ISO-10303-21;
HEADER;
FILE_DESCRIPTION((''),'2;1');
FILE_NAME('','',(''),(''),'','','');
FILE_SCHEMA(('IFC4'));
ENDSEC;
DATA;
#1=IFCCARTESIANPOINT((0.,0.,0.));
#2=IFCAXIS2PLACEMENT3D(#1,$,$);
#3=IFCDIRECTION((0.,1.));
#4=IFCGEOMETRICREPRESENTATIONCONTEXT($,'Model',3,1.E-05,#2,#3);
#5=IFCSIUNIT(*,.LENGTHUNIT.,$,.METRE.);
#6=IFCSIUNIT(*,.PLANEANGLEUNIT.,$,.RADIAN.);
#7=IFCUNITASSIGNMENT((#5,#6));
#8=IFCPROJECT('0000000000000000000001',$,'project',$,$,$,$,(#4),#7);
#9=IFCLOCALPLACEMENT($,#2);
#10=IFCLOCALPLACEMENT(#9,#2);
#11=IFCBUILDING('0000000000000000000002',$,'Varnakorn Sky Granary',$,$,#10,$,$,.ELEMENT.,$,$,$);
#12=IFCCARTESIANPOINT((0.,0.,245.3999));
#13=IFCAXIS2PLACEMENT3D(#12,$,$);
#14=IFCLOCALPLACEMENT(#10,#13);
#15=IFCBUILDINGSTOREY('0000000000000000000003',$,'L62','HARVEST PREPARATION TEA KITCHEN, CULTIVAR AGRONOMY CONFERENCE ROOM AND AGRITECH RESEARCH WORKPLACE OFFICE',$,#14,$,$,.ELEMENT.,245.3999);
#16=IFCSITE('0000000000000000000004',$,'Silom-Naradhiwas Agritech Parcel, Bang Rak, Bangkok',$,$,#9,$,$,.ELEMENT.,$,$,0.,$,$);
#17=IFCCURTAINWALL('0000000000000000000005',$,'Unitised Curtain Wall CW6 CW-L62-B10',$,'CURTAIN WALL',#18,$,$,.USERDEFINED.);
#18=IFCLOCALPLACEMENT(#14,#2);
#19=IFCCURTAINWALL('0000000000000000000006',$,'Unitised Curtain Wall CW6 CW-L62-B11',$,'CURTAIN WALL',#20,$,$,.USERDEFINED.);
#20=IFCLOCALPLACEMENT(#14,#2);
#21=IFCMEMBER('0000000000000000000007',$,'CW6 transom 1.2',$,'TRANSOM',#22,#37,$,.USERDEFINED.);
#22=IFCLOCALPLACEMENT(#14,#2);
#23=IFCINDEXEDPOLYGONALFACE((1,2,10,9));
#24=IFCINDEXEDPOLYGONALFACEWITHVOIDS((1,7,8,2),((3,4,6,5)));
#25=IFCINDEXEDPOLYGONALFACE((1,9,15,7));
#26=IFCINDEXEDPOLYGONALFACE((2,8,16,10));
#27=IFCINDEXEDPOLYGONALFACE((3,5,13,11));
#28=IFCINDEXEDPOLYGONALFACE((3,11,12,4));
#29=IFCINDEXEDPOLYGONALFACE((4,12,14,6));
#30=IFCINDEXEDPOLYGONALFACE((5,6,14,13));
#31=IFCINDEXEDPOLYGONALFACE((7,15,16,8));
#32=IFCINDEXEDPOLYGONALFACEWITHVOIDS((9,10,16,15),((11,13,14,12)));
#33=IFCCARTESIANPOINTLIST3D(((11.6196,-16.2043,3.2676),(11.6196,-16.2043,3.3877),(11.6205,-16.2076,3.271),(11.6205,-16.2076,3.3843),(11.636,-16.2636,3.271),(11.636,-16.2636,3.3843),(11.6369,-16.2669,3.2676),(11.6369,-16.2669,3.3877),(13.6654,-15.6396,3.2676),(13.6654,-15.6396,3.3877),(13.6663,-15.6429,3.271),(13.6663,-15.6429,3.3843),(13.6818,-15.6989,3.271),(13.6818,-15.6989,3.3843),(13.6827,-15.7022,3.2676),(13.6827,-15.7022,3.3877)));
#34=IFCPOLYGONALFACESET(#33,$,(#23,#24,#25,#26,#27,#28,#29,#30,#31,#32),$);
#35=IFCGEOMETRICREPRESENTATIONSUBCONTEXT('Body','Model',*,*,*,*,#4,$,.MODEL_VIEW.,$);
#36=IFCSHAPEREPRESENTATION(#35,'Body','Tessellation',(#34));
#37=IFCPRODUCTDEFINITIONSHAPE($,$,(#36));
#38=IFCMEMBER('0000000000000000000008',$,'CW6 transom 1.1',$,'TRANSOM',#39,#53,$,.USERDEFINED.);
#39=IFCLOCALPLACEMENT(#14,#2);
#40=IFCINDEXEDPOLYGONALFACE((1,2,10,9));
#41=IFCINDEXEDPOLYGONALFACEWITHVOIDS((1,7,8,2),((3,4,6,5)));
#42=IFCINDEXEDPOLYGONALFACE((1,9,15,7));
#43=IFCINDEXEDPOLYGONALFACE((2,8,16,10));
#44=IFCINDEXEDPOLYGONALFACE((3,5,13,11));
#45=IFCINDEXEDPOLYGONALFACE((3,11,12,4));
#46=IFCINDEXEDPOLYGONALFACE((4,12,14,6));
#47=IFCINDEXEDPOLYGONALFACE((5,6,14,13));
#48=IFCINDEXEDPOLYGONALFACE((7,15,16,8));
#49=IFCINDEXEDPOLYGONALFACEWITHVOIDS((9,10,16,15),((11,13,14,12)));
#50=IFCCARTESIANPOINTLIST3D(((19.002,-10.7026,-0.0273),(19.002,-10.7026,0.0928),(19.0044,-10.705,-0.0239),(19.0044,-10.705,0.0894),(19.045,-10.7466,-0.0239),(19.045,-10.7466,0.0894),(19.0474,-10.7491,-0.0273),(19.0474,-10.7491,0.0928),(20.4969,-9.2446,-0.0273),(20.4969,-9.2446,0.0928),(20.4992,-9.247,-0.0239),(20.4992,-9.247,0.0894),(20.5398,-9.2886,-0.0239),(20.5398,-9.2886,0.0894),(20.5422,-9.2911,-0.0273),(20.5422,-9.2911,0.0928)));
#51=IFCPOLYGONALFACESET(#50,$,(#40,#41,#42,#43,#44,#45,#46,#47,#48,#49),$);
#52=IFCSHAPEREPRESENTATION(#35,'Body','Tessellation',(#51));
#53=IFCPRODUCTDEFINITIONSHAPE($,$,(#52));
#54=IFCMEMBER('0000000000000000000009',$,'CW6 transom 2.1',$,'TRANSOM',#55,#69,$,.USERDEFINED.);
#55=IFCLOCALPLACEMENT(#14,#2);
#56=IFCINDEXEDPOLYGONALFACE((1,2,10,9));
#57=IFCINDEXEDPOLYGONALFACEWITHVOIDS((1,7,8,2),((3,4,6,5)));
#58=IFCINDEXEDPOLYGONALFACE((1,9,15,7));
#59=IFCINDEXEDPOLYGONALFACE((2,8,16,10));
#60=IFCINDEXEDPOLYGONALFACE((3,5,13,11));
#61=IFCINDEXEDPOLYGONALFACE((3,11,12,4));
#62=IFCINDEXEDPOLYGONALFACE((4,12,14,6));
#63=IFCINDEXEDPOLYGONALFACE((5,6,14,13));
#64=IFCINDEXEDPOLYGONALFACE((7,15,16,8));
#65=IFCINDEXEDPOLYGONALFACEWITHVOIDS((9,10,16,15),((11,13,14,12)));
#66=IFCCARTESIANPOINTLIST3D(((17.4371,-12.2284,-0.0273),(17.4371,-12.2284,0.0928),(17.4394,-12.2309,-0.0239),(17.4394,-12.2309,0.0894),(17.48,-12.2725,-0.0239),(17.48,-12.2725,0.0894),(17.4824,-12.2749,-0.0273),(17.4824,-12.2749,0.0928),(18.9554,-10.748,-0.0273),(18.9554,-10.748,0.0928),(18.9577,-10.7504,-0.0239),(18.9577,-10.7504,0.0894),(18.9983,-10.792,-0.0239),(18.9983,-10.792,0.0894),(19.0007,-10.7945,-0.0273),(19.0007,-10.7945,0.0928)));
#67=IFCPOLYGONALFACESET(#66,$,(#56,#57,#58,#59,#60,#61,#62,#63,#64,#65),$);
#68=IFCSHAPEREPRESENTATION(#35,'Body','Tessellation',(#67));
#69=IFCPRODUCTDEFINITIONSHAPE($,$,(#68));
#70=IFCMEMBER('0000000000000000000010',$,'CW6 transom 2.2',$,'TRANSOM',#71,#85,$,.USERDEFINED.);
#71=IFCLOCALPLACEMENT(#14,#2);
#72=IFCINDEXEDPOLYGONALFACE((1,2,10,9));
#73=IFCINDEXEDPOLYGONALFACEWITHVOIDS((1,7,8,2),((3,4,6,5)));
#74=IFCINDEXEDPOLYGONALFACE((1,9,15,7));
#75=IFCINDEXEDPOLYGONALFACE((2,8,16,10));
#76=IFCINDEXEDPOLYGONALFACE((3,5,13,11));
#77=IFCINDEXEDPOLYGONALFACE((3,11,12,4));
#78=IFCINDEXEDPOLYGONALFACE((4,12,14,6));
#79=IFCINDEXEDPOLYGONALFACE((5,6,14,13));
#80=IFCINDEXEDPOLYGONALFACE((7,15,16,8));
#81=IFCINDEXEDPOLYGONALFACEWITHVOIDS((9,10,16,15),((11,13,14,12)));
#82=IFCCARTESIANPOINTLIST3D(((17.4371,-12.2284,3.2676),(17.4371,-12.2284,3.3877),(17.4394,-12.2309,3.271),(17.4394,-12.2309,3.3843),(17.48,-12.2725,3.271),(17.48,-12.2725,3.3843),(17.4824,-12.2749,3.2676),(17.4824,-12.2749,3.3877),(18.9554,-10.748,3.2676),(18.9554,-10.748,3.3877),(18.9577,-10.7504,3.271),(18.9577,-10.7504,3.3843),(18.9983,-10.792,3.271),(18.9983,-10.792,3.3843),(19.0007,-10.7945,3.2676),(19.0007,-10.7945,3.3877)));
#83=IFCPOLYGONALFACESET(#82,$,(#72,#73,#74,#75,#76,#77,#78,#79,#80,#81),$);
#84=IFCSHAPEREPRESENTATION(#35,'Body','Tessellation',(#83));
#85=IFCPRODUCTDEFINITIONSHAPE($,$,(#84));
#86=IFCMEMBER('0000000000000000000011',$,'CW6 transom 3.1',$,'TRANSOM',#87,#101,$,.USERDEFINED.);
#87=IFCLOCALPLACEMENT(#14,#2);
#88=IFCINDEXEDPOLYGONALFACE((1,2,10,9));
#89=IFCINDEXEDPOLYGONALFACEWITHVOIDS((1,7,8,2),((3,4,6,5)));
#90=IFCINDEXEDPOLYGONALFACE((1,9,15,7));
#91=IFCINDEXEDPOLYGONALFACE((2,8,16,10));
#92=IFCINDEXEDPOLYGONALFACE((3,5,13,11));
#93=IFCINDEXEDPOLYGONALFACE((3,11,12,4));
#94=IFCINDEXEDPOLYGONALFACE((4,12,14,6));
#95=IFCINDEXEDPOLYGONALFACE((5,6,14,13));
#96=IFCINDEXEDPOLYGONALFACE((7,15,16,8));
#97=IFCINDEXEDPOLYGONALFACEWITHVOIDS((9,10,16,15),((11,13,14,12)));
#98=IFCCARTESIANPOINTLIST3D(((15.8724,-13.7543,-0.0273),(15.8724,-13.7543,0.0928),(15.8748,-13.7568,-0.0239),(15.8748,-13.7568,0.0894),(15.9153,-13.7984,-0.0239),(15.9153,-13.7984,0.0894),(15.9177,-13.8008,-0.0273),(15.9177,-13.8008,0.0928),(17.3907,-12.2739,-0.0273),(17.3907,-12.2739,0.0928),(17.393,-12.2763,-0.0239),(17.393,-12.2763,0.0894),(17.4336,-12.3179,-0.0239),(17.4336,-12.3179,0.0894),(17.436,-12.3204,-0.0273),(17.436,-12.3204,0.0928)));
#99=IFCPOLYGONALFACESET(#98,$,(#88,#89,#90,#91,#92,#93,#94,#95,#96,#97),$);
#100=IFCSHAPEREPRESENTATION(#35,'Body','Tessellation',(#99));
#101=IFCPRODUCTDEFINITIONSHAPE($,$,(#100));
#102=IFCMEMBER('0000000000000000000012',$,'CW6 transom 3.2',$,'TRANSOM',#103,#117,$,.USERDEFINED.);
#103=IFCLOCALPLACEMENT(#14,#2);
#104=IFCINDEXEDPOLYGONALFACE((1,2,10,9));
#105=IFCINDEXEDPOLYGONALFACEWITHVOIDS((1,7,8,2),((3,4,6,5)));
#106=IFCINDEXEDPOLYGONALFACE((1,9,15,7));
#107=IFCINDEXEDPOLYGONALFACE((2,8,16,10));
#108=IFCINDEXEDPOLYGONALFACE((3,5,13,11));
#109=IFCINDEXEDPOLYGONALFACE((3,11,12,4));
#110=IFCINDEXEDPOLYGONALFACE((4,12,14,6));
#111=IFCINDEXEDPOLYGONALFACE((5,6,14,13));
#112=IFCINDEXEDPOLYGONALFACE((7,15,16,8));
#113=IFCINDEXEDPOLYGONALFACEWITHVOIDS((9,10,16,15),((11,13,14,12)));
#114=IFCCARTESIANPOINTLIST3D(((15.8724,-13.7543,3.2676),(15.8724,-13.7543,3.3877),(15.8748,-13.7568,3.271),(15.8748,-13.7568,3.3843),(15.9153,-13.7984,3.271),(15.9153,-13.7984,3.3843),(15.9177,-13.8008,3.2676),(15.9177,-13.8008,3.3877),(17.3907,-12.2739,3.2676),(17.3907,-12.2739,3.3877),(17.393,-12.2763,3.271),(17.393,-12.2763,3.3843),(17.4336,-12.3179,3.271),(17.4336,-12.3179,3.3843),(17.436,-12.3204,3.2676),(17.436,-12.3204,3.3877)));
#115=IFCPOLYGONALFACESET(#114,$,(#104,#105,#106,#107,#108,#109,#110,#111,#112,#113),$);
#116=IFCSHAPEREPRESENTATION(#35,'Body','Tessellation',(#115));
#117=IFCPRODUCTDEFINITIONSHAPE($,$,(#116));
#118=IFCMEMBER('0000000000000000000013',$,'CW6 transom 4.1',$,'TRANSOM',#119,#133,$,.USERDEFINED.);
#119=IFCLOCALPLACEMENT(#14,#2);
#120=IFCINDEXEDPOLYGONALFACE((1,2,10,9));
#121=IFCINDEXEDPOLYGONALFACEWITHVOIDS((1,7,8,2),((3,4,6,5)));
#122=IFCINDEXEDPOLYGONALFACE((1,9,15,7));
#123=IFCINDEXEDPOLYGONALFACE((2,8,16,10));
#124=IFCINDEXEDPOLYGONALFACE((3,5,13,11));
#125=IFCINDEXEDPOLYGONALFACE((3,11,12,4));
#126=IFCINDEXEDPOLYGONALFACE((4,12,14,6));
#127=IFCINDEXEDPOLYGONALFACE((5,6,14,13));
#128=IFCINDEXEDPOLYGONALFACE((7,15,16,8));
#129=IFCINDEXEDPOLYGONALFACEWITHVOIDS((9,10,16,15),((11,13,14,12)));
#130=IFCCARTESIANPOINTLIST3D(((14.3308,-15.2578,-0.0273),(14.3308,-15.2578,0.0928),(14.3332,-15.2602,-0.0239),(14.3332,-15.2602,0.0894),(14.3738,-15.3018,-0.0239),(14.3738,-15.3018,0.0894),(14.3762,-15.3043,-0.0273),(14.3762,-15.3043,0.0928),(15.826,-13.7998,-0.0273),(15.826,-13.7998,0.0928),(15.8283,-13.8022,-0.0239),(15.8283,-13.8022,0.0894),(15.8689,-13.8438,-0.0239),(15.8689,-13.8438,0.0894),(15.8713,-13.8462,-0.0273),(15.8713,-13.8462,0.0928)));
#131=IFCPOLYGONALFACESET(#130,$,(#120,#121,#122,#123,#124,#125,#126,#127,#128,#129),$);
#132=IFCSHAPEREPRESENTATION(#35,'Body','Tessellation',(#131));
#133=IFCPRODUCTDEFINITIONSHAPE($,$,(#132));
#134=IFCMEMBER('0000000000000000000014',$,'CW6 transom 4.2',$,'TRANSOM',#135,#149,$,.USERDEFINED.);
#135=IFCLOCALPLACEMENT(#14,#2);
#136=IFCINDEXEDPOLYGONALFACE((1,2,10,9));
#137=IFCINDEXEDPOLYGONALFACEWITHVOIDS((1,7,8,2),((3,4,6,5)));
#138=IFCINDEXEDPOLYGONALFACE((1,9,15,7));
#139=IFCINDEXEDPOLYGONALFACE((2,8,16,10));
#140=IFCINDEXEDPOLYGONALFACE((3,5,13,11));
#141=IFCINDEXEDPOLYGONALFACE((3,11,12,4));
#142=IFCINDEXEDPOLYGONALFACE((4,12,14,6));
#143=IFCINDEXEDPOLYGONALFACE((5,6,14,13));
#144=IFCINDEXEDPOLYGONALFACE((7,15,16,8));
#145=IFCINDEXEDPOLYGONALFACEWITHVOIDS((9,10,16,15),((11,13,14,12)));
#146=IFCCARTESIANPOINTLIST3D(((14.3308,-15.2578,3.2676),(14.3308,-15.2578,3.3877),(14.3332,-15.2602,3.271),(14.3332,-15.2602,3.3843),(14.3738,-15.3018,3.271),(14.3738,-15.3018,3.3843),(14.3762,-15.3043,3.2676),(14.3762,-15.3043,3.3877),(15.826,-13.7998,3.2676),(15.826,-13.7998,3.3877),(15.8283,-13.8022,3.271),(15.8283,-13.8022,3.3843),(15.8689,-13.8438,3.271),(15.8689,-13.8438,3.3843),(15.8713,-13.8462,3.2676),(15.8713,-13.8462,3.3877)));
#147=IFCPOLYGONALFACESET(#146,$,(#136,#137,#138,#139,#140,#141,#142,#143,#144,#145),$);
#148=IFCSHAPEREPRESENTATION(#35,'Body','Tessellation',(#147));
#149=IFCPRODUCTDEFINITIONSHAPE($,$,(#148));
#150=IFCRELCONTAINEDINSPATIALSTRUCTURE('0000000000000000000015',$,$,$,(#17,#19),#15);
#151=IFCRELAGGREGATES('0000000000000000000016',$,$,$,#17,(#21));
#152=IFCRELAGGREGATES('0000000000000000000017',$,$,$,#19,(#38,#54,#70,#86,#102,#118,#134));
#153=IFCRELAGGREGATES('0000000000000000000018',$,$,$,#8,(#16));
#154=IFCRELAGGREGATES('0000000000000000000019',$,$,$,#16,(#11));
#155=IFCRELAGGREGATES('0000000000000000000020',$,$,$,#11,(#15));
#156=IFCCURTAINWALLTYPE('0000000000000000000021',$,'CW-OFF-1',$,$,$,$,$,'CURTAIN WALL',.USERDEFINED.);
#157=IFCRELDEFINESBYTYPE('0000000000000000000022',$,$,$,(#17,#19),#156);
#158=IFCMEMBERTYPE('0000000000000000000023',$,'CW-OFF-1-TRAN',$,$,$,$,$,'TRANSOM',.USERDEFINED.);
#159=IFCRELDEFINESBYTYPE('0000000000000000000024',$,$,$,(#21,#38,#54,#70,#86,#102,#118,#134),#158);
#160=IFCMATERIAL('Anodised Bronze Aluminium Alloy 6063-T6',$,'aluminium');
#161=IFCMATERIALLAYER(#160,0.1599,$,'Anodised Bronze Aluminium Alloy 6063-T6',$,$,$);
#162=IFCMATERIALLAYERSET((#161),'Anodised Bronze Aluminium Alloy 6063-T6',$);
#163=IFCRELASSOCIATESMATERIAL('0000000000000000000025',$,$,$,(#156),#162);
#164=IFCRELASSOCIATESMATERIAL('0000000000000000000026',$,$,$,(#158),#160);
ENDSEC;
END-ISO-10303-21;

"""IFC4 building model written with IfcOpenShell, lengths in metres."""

from ifc_helpers import new_model, si_unit, direction, frame, origin, origin_2d, place, context, subcontext, project, spatial, hollow_rectangle, extrude, material, layer, layer_set, material_profile, profile_set, type_object, element, aggregate, save


model = new_model("IFC4")

# Units and contexts
model_context = context("Model", 3, precision=1e-05, world=origin(), true_north=direction((0.0, 1.0)))
body_context = subcontext(model_context, "Body", "Model", "MODEL_VIEW")
ifc_project = project(units=[si_unit("LENGTHUNIT", "METRE"), si_unit("PLANEANGLEUNIT", "RADIAN")], contexts=[model_context])

# Site, building, storey
site_placement = place(None, origin())
site = spatial("IfcSite", under=ifc_project, at=site_placement, Name="Silom-Naradhiwas Agritech Parcel, Bang Rak, Bangkok", CompositionType="ELEMENT", RefElevation=0.0)
building_placement = place(site_placement, origin())
building = spatial("IfcBuilding", under=site, at=building_placement, Name="Varnakorn Sky Granary", CompositionType="ELEMENT")
storey_placement = place(building_placement, frame((0.0, 0.0, 245.3999)))
storey = spatial("IfcBuildingStorey", under=building, at=storey_placement, Name="L62", Description="HARVEST PREPARATION TEA KITCHEN, CULTIVAR AGRONOMY CONFERENCE ROOM AND AGRITECH RESEARCH WORKPLACE OFFICE", CompositionType="ELEMENT", Elevation=245.3999)

# Curtain wall
ifc_material_1 = material(Name="Anodised Bronze Aluminium Alloy 6063-T6", Category="aluminium")
ifc_layer_1 = layer(ifc_material_1, 0.1599, Name="Anodised Bronze Aluminium Alloy 6063-T6")
ifc_layer_set_1 = layer_set([ifc_layer_1], Name="Anodised Bronze Aluminium Alloy 6063-T6")
curtain_wall_type = type_object("IfcCurtainWallType", Name="CW-OFF-1", ElementType="CURTAIN WALL", PredefinedType="USERDEFINED", material=ifc_layer_set_1)
curtain_wall_1_placement = place(storey_placement, origin())
curtain_wall_1 = element("IfcCurtainWall", 1, at=curtain_wall_1_placement, inside=storey, type_object=curtain_wall_type, Name="Unitised Curtain Wall CW6 CW-L62-B10", ObjectType="CURTAIN WALL", PredefinedType="USERDEFINED")

# Curtain wall
curtain_wall_2_placement = place(storey_placement, origin())
curtain_wall_2 = element("IfcCurtainWall", 2, at=curtain_wall_2_placement, inside=storey, type_object=curtain_wall_type, Name="Unitised Curtain Wall CW6 CW-L62-B11", ObjectType="CURTAIN WALL", PredefinedType="USERDEFINED")

# Members
ifc_material_profile_1 = material_profile(ifc_material_1, hollow_rectangle(XDim=0.0649, YDim=0.1201, WallThickness=0.0034, at=origin_2d()), Name="ALU TRAN 65x120")
ifc_profile_set_1 = profile_set([ifc_material_profile_1], Name="Anodised Bronze Aluminium Alloy 6063-T6")
member_type_1 = type_object("IfcMemberType", Name="CW-OFF-1-TRAN", ElementType="TRANSOM", PredefinedType="USERDEFINED", material=ifc_profile_set_1)
member_1_placement = place(storey_placement, frame((13.6741, -15.6709, 3.3276), z_axis=(-0.963955, -0.266065, 0.0), x_axis=(0.266065, -0.963955, 0.0)))
member_1 = element("IfcMember", 3, at=member_1_placement, type_object=member_type_1, Name="CW6 transom 1.2", ObjectType="TRANSOM", PredefinedType="USERDEFINED", context=body_context, shape_type="SweptSolid", body=[
    extrude(hollow_rectangle(XDim=0.0649, YDim=0.1201, WallThickness=0.0034, at=origin_2d()), origin(), (0.0, 0.0, 1.0), 2.1223),
])
aggregate(curtain_wall_1, [member_1])
member_2_placement = place(storey_placement, frame((20.5195, -9.2678, 0.0327), z_axis=(-0.715879, -0.698224, 0.0), x_axis=(0.698224, -0.715879, 0.0)))
member_2 = element("IfcMember", 4, at=member_2_placement, type_object=member_type_1, Name="CW6 transom 1.1", ObjectType="TRANSOM", PredefinedType="USERDEFINED", context=body_context, shape_type="SweptSolid", body=[
    extrude(hollow_rectangle(XDim=0.0649, YDim=0.1201, WallThickness=0.0034, at=origin_2d()), origin(), (0.0, 0.0, 1.0), 2.0881),
])
member_3_placement = place(storey_placement, frame((18.978, -10.7712, 0.0327), z_axis=(-0.715973, -0.698128, 0.0), x_axis=(0.698128, -0.715973, 0.0)))
member_3 = element("IfcMember", 5, at=member_3_placement, type_object=member_type_1, Name="CW6 transom 2.1", ObjectType="TRANSOM", PredefinedType="USERDEFINED", context=body_context, shape_type="SweptSolid", body=[
    extrude(hollow_rectangle(XDim=0.0649, YDim=0.1201, WallThickness=0.0034, at=origin_2d()), origin(), (0.0, 0.0, 1.0), 2.1206),
])
member_4_placement = place(storey_placement, frame((18.978, -10.7712, 3.3276), z_axis=(-0.715973, -0.698128, 0.0), x_axis=(0.698128, -0.715973, 0.0)))
member_4 = element("IfcMember", 6, at=member_4_placement, type_object=member_type_1, Name="CW6 transom 2.2", ObjectType="TRANSOM", PredefinedType="USERDEFINED", context=body_context, shape_type="SweptSolid", body=[
    extrude(hollow_rectangle(XDim=0.0649, YDim=0.1201, WallThickness=0.0034, at=origin_2d()), origin(), (0.0, 0.0, 1.0), 2.1206),
])
member_5_placement = place(storey_placement, frame((17.4133, -12.2971, 0.0327), z_axis=(-0.715973, -0.698128, 0.0), x_axis=(0.698128, -0.715973, 0.0)))
member_5 = element("IfcMember", 7, at=member_5_placement, type_object=member_type_1, Name="CW6 transom 3.1", ObjectType="TRANSOM", PredefinedType="USERDEFINED", context=body_context, shape_type="SweptSolid", body=[
    extrude(hollow_rectangle(XDim=0.0649, YDim=0.1201, WallThickness=0.0034, at=origin_2d()), origin(), (0.0, 0.0, 1.0), 2.1206),
])
member_6_placement = place(storey_placement, frame((17.4133, -12.2971, 3.3276), z_axis=(-0.715973, -0.698128, 0.0), x_axis=(0.698128, -0.715973, 0.0)))
member_6 = element("IfcMember", 8, at=member_6_placement, type_object=member_type_1, Name="CW6 transom 3.2", ObjectType="TRANSOM", PredefinedType="USERDEFINED", context=body_context, shape_type="SweptSolid", body=[
    extrude(hollow_rectangle(XDim=0.0649, YDim=0.1201, WallThickness=0.0034, at=origin_2d()), origin(), (0.0, 0.0, 1.0), 2.1206),
])
member_7_placement = place(storey_placement, frame((15.8486, -13.823, 0.0327), z_axis=(-0.715936, -0.698166, 0.0), x_axis=(0.698166, -0.715936, 0.0)))
member_7 = element("IfcMember", 9, at=member_7_placement, type_object=member_type_1, Name="CW6 transom 4.1", ObjectType="TRANSOM", PredefinedType="USERDEFINED", context=body_context, shape_type="SweptSolid", body=[
    extrude(hollow_rectangle(XDim=0.0649, YDim=0.1201, WallThickness=0.0034, at=origin_2d()), origin(), (0.0, 0.0, 1.0), 2.0884),
])
member_8_placement = place(storey_placement, frame((15.8486, -13.823, 3.3276), z_axis=(-0.715936, -0.698166, 0.0), x_axis=(0.698166, -0.715936, 0.0)))
member_8 = element("IfcMember", 10, at=member_8_placement, type_object=member_type_1, Name="CW6 transom 4.2", ObjectType="TRANSOM", PredefinedType="USERDEFINED", context=body_context, shape_type="SweptSolid", body=[
    extrude(hollow_rectangle(XDim=0.0649, YDim=0.1201, WallThickness=0.0034, at=origin_2d()), origin(), (0.0, 0.0, 1.0), 2.0884),
])

aggregate(curtain_wall_2, [member_2, member_3, member_4, member_5, member_6, member_7, member_8])

save(model, "model.ifc")
